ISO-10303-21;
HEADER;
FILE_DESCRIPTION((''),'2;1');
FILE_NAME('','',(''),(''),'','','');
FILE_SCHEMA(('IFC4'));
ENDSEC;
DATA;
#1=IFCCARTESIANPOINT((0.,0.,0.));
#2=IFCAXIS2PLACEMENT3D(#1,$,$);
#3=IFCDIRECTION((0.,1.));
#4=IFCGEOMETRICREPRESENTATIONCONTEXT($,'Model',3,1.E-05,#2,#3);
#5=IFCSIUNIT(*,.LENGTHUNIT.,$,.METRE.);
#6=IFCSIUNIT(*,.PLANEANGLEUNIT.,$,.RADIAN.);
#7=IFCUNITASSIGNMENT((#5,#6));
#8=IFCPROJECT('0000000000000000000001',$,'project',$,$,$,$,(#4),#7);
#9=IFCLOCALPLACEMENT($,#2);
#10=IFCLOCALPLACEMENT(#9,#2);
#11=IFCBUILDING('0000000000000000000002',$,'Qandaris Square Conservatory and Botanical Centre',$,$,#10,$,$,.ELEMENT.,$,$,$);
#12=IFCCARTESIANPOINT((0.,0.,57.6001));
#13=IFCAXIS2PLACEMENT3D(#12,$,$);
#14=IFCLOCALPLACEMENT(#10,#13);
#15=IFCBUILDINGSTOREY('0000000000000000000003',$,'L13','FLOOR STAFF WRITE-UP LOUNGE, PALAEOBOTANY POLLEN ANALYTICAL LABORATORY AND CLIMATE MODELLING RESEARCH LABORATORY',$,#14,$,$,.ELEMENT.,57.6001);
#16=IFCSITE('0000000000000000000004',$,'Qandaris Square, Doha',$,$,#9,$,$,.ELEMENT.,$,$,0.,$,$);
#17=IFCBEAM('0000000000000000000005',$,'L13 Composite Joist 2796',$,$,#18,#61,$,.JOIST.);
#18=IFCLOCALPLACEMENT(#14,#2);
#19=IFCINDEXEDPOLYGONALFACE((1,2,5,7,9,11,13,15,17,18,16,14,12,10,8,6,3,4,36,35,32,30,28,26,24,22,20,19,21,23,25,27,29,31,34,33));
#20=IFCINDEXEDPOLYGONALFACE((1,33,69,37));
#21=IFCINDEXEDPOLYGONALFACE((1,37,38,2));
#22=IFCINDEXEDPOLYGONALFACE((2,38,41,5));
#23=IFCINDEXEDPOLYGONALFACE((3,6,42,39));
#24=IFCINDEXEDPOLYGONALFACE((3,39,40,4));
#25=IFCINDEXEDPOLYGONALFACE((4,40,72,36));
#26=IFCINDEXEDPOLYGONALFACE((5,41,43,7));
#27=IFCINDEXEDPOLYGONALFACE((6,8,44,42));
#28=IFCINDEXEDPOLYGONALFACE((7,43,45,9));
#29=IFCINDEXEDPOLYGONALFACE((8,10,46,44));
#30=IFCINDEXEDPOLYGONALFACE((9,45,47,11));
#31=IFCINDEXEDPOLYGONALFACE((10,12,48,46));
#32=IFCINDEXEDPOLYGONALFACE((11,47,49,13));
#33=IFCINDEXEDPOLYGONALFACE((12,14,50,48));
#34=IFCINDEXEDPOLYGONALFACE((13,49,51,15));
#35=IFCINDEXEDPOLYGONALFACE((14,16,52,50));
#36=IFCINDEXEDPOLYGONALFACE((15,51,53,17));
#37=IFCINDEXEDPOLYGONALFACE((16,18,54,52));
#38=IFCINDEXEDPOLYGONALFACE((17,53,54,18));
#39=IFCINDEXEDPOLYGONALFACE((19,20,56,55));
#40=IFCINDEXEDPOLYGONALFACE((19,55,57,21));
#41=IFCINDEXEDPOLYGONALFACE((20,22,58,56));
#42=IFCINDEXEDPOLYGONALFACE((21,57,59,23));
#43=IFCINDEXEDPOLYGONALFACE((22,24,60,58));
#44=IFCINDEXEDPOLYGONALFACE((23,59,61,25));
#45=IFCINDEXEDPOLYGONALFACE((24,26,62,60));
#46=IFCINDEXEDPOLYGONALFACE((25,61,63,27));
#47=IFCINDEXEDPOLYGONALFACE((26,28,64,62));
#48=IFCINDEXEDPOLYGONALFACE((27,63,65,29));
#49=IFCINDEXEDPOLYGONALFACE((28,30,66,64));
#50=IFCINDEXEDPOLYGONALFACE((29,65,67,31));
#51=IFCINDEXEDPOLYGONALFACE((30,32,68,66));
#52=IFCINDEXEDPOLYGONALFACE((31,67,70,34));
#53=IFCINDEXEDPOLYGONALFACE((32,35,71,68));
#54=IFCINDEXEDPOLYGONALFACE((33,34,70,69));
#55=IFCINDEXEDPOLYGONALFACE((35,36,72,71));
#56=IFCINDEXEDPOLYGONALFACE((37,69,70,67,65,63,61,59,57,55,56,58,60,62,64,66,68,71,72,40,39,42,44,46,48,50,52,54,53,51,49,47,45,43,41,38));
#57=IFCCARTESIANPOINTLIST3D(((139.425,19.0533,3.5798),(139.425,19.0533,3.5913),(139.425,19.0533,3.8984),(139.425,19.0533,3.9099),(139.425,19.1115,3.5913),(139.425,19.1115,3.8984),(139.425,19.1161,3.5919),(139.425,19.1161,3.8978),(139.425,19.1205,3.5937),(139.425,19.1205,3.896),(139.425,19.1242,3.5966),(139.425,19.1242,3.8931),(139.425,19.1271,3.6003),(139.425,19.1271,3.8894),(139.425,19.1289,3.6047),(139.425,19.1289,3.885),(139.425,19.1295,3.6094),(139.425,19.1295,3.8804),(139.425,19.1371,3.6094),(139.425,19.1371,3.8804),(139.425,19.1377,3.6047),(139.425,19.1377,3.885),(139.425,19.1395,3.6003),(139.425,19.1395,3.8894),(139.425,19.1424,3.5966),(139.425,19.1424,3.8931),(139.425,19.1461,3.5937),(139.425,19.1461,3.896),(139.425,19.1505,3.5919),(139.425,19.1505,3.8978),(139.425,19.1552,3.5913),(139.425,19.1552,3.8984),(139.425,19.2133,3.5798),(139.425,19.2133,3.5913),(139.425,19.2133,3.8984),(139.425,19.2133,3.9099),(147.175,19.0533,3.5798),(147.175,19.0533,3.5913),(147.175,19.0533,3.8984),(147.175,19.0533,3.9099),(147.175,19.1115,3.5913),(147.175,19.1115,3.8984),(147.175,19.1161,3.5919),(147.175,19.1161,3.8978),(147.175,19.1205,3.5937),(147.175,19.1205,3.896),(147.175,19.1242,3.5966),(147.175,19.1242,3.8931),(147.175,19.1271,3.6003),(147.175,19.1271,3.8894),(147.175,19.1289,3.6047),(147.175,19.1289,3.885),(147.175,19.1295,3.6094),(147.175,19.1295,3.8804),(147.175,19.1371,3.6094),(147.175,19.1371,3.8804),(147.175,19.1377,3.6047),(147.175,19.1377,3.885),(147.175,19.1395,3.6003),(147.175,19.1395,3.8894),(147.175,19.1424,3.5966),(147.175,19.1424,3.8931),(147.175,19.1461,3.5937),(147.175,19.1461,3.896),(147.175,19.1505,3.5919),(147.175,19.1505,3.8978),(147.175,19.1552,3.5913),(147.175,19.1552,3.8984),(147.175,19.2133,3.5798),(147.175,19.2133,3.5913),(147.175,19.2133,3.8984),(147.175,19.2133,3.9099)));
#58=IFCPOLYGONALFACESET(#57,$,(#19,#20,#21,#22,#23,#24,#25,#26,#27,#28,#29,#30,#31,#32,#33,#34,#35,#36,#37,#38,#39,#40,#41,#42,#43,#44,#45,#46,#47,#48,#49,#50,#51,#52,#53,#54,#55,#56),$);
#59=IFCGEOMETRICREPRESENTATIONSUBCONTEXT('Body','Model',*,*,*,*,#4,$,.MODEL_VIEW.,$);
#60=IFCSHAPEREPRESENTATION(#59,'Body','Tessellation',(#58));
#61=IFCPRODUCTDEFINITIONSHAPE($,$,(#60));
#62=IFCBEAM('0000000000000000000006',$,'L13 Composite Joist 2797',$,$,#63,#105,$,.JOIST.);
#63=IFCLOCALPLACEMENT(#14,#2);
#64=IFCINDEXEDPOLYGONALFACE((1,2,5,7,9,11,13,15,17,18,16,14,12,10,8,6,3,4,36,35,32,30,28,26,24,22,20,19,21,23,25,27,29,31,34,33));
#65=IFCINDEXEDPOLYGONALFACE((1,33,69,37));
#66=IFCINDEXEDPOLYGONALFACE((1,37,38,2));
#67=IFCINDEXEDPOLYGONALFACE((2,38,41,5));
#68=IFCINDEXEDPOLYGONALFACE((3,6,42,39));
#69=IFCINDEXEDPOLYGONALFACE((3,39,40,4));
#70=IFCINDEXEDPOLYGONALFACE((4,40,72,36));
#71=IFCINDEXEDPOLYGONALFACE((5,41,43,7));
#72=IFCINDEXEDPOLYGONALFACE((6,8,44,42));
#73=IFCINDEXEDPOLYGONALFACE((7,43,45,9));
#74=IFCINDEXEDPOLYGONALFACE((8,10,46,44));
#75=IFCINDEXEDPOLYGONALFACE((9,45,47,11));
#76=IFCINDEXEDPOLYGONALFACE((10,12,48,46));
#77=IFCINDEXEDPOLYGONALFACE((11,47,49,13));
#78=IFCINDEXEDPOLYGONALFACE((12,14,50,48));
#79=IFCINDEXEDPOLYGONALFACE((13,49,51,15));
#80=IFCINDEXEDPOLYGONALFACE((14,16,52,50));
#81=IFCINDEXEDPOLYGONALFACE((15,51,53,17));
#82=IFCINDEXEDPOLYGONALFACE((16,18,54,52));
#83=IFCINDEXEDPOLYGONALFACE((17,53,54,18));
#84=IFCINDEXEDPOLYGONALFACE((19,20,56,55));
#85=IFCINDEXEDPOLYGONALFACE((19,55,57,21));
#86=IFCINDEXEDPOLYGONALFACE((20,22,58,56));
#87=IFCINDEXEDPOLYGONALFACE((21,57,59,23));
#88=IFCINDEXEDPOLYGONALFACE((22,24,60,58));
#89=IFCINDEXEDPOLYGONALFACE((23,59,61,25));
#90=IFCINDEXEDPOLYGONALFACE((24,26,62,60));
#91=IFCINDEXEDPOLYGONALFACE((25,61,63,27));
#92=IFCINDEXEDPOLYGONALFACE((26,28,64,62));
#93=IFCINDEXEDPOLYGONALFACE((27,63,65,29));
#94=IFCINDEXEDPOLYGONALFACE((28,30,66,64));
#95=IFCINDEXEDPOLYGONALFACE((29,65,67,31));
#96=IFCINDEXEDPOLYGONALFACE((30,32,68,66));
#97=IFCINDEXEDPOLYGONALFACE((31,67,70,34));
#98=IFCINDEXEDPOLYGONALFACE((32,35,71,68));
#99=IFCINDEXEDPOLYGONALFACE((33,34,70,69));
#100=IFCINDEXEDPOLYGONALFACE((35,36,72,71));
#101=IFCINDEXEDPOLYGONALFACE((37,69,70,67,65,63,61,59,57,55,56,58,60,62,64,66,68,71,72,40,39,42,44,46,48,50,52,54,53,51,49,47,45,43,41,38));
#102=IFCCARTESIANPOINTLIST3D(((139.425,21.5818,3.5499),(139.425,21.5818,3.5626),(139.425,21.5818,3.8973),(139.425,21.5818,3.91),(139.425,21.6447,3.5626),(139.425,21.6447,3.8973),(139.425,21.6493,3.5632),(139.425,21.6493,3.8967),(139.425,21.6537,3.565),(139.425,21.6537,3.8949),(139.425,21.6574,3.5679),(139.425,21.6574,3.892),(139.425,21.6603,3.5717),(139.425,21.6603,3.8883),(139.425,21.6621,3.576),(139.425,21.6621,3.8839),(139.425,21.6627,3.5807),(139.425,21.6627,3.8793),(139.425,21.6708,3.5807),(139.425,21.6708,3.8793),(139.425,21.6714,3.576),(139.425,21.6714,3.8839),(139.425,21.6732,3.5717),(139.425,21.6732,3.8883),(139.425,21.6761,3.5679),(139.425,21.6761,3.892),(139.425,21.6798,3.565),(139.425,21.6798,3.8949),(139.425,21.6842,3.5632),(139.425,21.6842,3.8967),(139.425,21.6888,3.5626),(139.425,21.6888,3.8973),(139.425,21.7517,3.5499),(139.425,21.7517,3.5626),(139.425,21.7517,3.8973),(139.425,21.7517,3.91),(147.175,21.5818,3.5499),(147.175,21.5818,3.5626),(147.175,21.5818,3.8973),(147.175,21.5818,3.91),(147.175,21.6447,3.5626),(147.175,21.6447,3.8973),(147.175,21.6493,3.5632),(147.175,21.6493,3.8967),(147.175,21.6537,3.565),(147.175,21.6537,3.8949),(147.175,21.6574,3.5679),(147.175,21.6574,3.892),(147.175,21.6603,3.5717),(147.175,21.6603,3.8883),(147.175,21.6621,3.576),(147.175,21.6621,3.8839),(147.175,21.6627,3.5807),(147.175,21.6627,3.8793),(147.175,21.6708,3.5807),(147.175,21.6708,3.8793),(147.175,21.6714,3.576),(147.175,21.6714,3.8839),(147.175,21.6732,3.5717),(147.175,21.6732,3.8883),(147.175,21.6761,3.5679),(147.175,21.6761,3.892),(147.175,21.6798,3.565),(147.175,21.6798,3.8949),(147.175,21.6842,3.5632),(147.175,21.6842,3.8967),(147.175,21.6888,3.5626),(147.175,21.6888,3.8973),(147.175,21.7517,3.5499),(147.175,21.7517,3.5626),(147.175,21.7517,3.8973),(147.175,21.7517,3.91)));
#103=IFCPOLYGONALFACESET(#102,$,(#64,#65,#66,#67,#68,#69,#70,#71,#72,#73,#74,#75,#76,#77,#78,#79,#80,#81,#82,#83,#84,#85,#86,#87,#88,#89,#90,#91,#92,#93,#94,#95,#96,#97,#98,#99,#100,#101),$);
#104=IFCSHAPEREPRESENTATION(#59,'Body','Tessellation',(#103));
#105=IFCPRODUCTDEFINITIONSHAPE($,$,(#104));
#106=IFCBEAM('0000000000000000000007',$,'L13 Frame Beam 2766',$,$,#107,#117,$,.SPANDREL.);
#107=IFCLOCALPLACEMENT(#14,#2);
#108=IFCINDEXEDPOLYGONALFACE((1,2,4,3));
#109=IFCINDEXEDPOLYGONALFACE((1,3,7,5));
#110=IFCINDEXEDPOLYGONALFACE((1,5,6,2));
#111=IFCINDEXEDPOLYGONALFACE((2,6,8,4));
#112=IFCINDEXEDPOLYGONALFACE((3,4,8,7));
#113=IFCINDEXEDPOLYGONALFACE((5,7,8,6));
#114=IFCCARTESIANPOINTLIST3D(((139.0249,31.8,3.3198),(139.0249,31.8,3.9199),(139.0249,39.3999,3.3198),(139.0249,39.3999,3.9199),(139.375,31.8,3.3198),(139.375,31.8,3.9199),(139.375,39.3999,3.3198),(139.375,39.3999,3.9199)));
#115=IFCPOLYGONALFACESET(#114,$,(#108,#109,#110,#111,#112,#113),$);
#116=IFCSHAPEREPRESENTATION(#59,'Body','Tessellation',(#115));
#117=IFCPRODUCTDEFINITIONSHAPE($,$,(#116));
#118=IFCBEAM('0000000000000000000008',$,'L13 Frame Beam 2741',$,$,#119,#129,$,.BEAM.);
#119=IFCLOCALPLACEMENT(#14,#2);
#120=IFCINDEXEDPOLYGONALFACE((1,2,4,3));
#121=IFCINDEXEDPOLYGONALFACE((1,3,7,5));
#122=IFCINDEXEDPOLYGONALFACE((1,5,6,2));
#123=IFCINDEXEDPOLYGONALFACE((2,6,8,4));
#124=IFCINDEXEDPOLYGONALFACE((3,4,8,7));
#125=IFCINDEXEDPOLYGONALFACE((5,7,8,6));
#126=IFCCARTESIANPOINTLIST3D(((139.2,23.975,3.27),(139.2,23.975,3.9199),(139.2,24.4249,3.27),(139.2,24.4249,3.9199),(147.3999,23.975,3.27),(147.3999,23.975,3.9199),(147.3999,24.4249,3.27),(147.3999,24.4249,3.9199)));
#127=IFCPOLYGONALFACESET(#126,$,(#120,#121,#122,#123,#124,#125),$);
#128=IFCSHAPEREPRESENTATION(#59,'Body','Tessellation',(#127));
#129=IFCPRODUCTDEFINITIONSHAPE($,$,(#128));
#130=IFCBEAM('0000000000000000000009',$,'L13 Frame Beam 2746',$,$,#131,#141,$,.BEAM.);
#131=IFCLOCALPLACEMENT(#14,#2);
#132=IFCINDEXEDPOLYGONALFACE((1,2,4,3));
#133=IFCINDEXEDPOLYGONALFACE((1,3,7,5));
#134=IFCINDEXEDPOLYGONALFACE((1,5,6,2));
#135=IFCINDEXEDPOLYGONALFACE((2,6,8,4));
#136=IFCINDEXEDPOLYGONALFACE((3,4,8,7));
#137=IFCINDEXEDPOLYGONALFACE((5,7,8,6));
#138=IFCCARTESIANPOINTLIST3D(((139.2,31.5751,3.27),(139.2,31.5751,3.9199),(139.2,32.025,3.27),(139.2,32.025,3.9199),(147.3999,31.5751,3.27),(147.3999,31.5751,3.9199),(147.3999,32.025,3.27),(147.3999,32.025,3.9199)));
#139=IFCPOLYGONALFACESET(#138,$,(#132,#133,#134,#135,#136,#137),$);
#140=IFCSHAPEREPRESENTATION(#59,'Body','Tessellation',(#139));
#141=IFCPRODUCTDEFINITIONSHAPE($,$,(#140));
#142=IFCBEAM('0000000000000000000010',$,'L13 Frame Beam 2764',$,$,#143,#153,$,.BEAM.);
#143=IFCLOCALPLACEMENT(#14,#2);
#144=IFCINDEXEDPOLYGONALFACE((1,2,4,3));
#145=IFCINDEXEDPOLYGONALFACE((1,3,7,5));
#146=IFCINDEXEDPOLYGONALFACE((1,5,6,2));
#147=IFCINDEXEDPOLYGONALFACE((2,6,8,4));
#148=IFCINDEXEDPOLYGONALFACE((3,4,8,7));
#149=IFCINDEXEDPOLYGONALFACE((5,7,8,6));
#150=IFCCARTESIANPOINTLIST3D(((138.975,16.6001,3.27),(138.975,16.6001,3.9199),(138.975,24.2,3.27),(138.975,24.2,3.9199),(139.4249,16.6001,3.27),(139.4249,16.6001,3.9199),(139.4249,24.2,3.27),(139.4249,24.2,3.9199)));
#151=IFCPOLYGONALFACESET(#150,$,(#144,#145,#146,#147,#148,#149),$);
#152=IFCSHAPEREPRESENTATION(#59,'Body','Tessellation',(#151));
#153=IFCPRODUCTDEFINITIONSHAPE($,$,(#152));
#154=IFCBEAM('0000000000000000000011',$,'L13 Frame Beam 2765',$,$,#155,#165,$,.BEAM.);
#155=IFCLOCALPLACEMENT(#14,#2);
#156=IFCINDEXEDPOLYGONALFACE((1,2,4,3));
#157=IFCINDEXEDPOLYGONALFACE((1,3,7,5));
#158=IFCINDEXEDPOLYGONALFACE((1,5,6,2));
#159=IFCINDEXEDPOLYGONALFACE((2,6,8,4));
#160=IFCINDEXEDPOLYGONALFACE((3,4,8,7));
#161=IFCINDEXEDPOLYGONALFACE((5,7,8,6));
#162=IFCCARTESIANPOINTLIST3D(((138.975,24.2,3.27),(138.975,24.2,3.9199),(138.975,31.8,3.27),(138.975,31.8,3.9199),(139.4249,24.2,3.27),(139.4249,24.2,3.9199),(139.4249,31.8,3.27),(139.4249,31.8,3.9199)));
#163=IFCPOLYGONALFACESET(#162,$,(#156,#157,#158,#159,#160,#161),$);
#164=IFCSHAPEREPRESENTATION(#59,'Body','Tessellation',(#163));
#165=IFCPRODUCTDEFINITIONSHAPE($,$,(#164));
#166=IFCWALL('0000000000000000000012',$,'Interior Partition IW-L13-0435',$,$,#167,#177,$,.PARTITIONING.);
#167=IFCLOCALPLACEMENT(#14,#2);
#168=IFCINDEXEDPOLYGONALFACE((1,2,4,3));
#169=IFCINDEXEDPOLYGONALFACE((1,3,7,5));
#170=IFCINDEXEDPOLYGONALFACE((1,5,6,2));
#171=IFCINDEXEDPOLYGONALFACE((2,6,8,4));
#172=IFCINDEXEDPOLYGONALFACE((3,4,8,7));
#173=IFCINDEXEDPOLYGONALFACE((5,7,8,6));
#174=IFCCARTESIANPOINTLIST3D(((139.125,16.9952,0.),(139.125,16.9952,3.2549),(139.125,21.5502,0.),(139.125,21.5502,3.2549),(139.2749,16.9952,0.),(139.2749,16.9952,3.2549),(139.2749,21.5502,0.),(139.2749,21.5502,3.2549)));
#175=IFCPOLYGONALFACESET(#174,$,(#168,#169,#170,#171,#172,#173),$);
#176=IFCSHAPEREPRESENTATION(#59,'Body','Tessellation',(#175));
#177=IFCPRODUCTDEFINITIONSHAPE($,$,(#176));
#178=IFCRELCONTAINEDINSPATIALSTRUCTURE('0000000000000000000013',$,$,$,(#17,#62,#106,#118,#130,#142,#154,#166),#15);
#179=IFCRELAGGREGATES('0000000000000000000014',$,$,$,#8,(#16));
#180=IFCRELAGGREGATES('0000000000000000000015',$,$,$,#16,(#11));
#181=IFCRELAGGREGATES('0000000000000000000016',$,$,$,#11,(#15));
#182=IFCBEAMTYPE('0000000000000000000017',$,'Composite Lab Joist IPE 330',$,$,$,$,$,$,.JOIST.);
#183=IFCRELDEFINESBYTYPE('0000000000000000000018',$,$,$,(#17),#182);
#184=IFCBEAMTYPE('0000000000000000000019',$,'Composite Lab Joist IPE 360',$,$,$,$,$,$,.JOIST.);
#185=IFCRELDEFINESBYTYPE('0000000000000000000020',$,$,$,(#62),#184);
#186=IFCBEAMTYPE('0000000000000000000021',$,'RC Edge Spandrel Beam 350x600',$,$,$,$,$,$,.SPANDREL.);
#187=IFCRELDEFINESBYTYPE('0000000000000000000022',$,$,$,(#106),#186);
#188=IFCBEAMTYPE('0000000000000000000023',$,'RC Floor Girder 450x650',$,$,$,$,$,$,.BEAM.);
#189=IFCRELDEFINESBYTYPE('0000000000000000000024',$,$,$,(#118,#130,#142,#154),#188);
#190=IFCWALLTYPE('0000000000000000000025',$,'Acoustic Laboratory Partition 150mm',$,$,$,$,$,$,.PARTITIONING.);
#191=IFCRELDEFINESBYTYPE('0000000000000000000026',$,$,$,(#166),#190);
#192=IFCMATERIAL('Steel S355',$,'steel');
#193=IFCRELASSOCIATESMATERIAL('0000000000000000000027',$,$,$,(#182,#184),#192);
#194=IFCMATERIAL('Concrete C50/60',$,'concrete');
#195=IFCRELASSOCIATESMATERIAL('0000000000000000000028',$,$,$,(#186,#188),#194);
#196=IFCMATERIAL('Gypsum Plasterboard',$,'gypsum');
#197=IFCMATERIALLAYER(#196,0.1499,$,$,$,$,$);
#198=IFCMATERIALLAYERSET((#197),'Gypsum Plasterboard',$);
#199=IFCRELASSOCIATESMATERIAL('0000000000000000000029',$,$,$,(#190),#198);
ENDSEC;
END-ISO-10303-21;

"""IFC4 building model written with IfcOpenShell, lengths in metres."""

from ifc_helpers import new_model, si_unit, direction, frame, frame_2d, origin, origin_2d, place, context, subcontext, project, spatial, rectangle, i_section, extrude, material, layer, layer_set, material_profile, profile_set, type_object, element, save


model = new_model("IFC4")

# Units and contexts
model_context = context("Model", 3, precision=1e-05, world=origin(), true_north=direction((0.0, 1.0)))
body_context = subcontext(model_context, "Body", "Model", "MODEL_VIEW")
ifc_project = project(units=[si_unit("LENGTHUNIT", "METRE"), si_unit("PLANEANGLEUNIT", "RADIAN")], contexts=[model_context])

# Site, building, storey
site_placement = place(None, origin())
site = spatial("IfcSite", under=ifc_project, at=site_placement, Name="Qandaris Square, Doha", CompositionType="ELEMENT", RefElevation=0.0)
building_placement = place(site_placement, origin())
building = spatial("IfcBuilding", under=site, at=building_placement, Name="Qandaris Square Conservatory and Botanical Centre", CompositionType="ELEMENT")
storey_placement = place(building_placement, frame((0.0, 0.0, 57.6001)))
storey = spatial("IfcBuildingStorey", under=building, at=storey_placement, Name="L13", Description="FLOOR STAFF WRITE-UP LOUNGE, PALAEOBOTANY POLLEN ANALYTICAL LABORATORY AND CLIMATE MODELLING RESEARCH LABORATORY", CompositionType="ELEMENT", Elevation=57.6001)

# Beams
ifc_material_1 = material(Name="Steel S355", Category="steel")
ifc_material_profile_1 = material_profile(ifc_material_1, i_section(OverallWidth=0.1599, OverallDepth=0.3301, WebThickness=0.0076, FlangeThickness=0.0115, FilletRadius=0.0181, at=origin_2d()), Name="IPE 330")
ifc_profile_set_1 = profile_set([ifc_material_profile_1], Name="Steel S355")
beam_type_1 = type_object("IfcBeamType", Name="Composite Lab Joist IPE 330", PredefinedType="JOIST", material=ifc_profile_set_1)
beam_1_placement = place(storey_placement, frame((139.425, 19.1333, 3.7449), z_axis=(1.0, 0.0, 0.0), x_axis=(0.0, 1.0, 0.0)))
element("IfcBeam", 1, at=beam_1_placement, inside=storey, type_object=beam_type_1, Name="L13 Composite Joist 2796", PredefinedType="JOIST", context=body_context, shape_type="SweptSolid", body=[
    extrude(i_section(OverallWidth=0.1599, OverallDepth=0.3301, WebThickness=0.0076, FlangeThickness=0.0115, FilletRadius=0.0181, at=origin_2d()), origin(), (0.0, 0.0, 1.0), 7.75),
])
ifc_material_profile_2 = material_profile(ifc_material_1, i_section(OverallWidth=0.1699, OverallDepth=0.3601, WebThickness=0.0081, FlangeThickness=0.0127, FilletRadius=0.0181, at=origin_2d()), Name="IPE 360")
ifc_profile_set_2 = profile_set([ifc_material_profile_2], Name="Steel S355")
beam_type_2 = type_object("IfcBeamType", Name="Composite Lab Joist IPE 360", PredefinedType="JOIST", material=ifc_profile_set_2)
beam_2_placement = place(storey_placement, frame((139.425, 21.6667, 3.73), z_axis=(1.0, 0.0, 0.0), x_axis=(0.0, 1.0, 0.0)))
element("IfcBeam", 2, at=beam_2_placement, inside=storey, type_object=beam_type_2, Name="L13 Composite Joist 2797", PredefinedType="JOIST", context=body_context, shape_type="SweptSolid", body=[
    extrude(i_section(OverallWidth=0.1699, OverallDepth=0.3601, WebThickness=0.0081, FlangeThickness=0.0127, FilletRadius=0.0181, at=origin_2d()), origin(), (0.0, 0.0, 1.0), 7.75),
])
ifc_material_2 = material(Name="Concrete C50/60", Category="concrete")
ifc_material_profile_3 = material_profile(ifc_material_2, rectangle(XDim=0.3501, YDim=0.6001, at=origin_2d()), Name="RC-SP 350x600")
ifc_profile_set_3 = profile_set([ifc_material_profile_3], Name="Concrete C50/60")
beam_type_3 = type_object("IfcBeamType", Name="RC Edge Spandrel Beam 350x600", PredefinedType="SPANDREL", material=ifc_profile_set_3)
beam_3_placement = place(storey_placement, frame((139.2, 31.8, 3.6199), z_axis=(0.0, 1.0, 0.0), x_axis=(-1.0, 0.0, 0.0)))
element("IfcBeam", 3, at=beam_3_placement, inside=storey, type_object=beam_type_3, Name="L13 Frame Beam 2766", PredefinedType="SPANDREL", context=body_context, shape_type="SweptSolid", body=[
    extrude(rectangle(XDim=0.3501, YDim=0.6001, at=origin_2d()), origin(), (0.0, 0.0, 1.0), 7.5999),
])
ifc_material_profile_4 = material_profile(ifc_material_2, rectangle(XDim=0.45, YDim=0.6499, at=origin_2d()), Name="RC-BM 450x650")
ifc_profile_set_4 = profile_set([ifc_material_profile_4], Name="Concrete C50/60")
beam_type_4 = type_object("IfcBeamType", Name="RC Floor Girder 450x650", PredefinedType="BEAM", material=ifc_profile_set_4)
for number, where, z_axis, x_axis, name in (
    (4, (139.2, 24.2, 3.595), (1.0, 0.0, 0.0), (0.0, 1.0, 0.0), "L13 Frame Beam 2741"),
    (5, (139.2, 31.8, 3.595), (1.0, 0.0, 0.0), (0.0, 1.0, 0.0), "L13 Frame Beam 2746"),
):
    element("IfcBeam", number, at=place(storey_placement, frame(where, z_axis=z_axis, x_axis=x_axis)), inside=storey, type_object=beam_type_4, Name=name, PredefinedType="BEAM", context=body_context, shape_type="SweptSolid", body=[
        extrude(rectangle(XDim=0.45, YDim=0.6499, at=origin_2d()), origin(), (0.0, 0.0, 1.0), 8.2),
    ])
beam_4_placement = place(storey_placement, frame((139.2, 16.6001, 3.595), z_axis=(0.0, 1.0, 0.0), x_axis=(-1.0, 0.0, 0.0)))
element("IfcBeam", 6, at=beam_4_placement, inside=storey, type_object=beam_type_4, Name="L13 Frame Beam 2764", PredefinedType="BEAM", context=body_context, shape_type="SweptSolid", body=[
    extrude(rectangle(XDim=0.45, YDim=0.6499, at=origin_2d()), origin(), (0.0, 0.0, 1.0), 7.5999),
])
beam_5_placement = place(storey_placement, frame((139.2, 24.2, 3.595), z_axis=(0.0, 1.0, 0.0), x_axis=(-1.0, 0.0, 0.0)))
element("IfcBeam", 7, at=beam_5_placement, inside=storey, type_object=beam_type_4, Name="L13 Frame Beam 2765", PredefinedType="BEAM", context=body_context, shape_type="SweptSolid", body=[
    extrude(rectangle(XDim=0.45, YDim=0.6499, at=origin_2d()), origin(), (0.0, 0.0, 1.0), 7.6001),
])

# Wall
ifc_material_3 = material(Name="Gypsum Plasterboard", Category="gypsum")
ifc_layer_1 = layer(ifc_material_3, 0.1499)
ifc_layer_set_1 = layer_set([ifc_layer_1], Name="Gypsum Plasterboard")
wall_type_1 = type_object("IfcWallType", Name="Acoustic Laboratory Partition 150mm", PredefinedType="PARTITIONING", material=ifc_layer_set_1)
wall_1_placement = place(storey_placement, frame((139.2, 21.55, 0.0), z_axis=(0.0, 0.0, 1.0), x_axis=(0.0, -1.0, 0.0)))
element("IfcWall", 8, at=wall_1_placement, inside=storey, type_object=wall_type_1, Name="Interior Partition IW-L13-0435", PredefinedType="PARTITIONING", context=body_context, shape_type="SweptSolid", body=[
    extrude(rectangle(XDim=4.5549, YDim=0.1499, at=frame_2d((2.2773, 0.0))), origin(), (0.0, 0.0, 1.0), 3.2549),
])

save(model, "model.ifc")
